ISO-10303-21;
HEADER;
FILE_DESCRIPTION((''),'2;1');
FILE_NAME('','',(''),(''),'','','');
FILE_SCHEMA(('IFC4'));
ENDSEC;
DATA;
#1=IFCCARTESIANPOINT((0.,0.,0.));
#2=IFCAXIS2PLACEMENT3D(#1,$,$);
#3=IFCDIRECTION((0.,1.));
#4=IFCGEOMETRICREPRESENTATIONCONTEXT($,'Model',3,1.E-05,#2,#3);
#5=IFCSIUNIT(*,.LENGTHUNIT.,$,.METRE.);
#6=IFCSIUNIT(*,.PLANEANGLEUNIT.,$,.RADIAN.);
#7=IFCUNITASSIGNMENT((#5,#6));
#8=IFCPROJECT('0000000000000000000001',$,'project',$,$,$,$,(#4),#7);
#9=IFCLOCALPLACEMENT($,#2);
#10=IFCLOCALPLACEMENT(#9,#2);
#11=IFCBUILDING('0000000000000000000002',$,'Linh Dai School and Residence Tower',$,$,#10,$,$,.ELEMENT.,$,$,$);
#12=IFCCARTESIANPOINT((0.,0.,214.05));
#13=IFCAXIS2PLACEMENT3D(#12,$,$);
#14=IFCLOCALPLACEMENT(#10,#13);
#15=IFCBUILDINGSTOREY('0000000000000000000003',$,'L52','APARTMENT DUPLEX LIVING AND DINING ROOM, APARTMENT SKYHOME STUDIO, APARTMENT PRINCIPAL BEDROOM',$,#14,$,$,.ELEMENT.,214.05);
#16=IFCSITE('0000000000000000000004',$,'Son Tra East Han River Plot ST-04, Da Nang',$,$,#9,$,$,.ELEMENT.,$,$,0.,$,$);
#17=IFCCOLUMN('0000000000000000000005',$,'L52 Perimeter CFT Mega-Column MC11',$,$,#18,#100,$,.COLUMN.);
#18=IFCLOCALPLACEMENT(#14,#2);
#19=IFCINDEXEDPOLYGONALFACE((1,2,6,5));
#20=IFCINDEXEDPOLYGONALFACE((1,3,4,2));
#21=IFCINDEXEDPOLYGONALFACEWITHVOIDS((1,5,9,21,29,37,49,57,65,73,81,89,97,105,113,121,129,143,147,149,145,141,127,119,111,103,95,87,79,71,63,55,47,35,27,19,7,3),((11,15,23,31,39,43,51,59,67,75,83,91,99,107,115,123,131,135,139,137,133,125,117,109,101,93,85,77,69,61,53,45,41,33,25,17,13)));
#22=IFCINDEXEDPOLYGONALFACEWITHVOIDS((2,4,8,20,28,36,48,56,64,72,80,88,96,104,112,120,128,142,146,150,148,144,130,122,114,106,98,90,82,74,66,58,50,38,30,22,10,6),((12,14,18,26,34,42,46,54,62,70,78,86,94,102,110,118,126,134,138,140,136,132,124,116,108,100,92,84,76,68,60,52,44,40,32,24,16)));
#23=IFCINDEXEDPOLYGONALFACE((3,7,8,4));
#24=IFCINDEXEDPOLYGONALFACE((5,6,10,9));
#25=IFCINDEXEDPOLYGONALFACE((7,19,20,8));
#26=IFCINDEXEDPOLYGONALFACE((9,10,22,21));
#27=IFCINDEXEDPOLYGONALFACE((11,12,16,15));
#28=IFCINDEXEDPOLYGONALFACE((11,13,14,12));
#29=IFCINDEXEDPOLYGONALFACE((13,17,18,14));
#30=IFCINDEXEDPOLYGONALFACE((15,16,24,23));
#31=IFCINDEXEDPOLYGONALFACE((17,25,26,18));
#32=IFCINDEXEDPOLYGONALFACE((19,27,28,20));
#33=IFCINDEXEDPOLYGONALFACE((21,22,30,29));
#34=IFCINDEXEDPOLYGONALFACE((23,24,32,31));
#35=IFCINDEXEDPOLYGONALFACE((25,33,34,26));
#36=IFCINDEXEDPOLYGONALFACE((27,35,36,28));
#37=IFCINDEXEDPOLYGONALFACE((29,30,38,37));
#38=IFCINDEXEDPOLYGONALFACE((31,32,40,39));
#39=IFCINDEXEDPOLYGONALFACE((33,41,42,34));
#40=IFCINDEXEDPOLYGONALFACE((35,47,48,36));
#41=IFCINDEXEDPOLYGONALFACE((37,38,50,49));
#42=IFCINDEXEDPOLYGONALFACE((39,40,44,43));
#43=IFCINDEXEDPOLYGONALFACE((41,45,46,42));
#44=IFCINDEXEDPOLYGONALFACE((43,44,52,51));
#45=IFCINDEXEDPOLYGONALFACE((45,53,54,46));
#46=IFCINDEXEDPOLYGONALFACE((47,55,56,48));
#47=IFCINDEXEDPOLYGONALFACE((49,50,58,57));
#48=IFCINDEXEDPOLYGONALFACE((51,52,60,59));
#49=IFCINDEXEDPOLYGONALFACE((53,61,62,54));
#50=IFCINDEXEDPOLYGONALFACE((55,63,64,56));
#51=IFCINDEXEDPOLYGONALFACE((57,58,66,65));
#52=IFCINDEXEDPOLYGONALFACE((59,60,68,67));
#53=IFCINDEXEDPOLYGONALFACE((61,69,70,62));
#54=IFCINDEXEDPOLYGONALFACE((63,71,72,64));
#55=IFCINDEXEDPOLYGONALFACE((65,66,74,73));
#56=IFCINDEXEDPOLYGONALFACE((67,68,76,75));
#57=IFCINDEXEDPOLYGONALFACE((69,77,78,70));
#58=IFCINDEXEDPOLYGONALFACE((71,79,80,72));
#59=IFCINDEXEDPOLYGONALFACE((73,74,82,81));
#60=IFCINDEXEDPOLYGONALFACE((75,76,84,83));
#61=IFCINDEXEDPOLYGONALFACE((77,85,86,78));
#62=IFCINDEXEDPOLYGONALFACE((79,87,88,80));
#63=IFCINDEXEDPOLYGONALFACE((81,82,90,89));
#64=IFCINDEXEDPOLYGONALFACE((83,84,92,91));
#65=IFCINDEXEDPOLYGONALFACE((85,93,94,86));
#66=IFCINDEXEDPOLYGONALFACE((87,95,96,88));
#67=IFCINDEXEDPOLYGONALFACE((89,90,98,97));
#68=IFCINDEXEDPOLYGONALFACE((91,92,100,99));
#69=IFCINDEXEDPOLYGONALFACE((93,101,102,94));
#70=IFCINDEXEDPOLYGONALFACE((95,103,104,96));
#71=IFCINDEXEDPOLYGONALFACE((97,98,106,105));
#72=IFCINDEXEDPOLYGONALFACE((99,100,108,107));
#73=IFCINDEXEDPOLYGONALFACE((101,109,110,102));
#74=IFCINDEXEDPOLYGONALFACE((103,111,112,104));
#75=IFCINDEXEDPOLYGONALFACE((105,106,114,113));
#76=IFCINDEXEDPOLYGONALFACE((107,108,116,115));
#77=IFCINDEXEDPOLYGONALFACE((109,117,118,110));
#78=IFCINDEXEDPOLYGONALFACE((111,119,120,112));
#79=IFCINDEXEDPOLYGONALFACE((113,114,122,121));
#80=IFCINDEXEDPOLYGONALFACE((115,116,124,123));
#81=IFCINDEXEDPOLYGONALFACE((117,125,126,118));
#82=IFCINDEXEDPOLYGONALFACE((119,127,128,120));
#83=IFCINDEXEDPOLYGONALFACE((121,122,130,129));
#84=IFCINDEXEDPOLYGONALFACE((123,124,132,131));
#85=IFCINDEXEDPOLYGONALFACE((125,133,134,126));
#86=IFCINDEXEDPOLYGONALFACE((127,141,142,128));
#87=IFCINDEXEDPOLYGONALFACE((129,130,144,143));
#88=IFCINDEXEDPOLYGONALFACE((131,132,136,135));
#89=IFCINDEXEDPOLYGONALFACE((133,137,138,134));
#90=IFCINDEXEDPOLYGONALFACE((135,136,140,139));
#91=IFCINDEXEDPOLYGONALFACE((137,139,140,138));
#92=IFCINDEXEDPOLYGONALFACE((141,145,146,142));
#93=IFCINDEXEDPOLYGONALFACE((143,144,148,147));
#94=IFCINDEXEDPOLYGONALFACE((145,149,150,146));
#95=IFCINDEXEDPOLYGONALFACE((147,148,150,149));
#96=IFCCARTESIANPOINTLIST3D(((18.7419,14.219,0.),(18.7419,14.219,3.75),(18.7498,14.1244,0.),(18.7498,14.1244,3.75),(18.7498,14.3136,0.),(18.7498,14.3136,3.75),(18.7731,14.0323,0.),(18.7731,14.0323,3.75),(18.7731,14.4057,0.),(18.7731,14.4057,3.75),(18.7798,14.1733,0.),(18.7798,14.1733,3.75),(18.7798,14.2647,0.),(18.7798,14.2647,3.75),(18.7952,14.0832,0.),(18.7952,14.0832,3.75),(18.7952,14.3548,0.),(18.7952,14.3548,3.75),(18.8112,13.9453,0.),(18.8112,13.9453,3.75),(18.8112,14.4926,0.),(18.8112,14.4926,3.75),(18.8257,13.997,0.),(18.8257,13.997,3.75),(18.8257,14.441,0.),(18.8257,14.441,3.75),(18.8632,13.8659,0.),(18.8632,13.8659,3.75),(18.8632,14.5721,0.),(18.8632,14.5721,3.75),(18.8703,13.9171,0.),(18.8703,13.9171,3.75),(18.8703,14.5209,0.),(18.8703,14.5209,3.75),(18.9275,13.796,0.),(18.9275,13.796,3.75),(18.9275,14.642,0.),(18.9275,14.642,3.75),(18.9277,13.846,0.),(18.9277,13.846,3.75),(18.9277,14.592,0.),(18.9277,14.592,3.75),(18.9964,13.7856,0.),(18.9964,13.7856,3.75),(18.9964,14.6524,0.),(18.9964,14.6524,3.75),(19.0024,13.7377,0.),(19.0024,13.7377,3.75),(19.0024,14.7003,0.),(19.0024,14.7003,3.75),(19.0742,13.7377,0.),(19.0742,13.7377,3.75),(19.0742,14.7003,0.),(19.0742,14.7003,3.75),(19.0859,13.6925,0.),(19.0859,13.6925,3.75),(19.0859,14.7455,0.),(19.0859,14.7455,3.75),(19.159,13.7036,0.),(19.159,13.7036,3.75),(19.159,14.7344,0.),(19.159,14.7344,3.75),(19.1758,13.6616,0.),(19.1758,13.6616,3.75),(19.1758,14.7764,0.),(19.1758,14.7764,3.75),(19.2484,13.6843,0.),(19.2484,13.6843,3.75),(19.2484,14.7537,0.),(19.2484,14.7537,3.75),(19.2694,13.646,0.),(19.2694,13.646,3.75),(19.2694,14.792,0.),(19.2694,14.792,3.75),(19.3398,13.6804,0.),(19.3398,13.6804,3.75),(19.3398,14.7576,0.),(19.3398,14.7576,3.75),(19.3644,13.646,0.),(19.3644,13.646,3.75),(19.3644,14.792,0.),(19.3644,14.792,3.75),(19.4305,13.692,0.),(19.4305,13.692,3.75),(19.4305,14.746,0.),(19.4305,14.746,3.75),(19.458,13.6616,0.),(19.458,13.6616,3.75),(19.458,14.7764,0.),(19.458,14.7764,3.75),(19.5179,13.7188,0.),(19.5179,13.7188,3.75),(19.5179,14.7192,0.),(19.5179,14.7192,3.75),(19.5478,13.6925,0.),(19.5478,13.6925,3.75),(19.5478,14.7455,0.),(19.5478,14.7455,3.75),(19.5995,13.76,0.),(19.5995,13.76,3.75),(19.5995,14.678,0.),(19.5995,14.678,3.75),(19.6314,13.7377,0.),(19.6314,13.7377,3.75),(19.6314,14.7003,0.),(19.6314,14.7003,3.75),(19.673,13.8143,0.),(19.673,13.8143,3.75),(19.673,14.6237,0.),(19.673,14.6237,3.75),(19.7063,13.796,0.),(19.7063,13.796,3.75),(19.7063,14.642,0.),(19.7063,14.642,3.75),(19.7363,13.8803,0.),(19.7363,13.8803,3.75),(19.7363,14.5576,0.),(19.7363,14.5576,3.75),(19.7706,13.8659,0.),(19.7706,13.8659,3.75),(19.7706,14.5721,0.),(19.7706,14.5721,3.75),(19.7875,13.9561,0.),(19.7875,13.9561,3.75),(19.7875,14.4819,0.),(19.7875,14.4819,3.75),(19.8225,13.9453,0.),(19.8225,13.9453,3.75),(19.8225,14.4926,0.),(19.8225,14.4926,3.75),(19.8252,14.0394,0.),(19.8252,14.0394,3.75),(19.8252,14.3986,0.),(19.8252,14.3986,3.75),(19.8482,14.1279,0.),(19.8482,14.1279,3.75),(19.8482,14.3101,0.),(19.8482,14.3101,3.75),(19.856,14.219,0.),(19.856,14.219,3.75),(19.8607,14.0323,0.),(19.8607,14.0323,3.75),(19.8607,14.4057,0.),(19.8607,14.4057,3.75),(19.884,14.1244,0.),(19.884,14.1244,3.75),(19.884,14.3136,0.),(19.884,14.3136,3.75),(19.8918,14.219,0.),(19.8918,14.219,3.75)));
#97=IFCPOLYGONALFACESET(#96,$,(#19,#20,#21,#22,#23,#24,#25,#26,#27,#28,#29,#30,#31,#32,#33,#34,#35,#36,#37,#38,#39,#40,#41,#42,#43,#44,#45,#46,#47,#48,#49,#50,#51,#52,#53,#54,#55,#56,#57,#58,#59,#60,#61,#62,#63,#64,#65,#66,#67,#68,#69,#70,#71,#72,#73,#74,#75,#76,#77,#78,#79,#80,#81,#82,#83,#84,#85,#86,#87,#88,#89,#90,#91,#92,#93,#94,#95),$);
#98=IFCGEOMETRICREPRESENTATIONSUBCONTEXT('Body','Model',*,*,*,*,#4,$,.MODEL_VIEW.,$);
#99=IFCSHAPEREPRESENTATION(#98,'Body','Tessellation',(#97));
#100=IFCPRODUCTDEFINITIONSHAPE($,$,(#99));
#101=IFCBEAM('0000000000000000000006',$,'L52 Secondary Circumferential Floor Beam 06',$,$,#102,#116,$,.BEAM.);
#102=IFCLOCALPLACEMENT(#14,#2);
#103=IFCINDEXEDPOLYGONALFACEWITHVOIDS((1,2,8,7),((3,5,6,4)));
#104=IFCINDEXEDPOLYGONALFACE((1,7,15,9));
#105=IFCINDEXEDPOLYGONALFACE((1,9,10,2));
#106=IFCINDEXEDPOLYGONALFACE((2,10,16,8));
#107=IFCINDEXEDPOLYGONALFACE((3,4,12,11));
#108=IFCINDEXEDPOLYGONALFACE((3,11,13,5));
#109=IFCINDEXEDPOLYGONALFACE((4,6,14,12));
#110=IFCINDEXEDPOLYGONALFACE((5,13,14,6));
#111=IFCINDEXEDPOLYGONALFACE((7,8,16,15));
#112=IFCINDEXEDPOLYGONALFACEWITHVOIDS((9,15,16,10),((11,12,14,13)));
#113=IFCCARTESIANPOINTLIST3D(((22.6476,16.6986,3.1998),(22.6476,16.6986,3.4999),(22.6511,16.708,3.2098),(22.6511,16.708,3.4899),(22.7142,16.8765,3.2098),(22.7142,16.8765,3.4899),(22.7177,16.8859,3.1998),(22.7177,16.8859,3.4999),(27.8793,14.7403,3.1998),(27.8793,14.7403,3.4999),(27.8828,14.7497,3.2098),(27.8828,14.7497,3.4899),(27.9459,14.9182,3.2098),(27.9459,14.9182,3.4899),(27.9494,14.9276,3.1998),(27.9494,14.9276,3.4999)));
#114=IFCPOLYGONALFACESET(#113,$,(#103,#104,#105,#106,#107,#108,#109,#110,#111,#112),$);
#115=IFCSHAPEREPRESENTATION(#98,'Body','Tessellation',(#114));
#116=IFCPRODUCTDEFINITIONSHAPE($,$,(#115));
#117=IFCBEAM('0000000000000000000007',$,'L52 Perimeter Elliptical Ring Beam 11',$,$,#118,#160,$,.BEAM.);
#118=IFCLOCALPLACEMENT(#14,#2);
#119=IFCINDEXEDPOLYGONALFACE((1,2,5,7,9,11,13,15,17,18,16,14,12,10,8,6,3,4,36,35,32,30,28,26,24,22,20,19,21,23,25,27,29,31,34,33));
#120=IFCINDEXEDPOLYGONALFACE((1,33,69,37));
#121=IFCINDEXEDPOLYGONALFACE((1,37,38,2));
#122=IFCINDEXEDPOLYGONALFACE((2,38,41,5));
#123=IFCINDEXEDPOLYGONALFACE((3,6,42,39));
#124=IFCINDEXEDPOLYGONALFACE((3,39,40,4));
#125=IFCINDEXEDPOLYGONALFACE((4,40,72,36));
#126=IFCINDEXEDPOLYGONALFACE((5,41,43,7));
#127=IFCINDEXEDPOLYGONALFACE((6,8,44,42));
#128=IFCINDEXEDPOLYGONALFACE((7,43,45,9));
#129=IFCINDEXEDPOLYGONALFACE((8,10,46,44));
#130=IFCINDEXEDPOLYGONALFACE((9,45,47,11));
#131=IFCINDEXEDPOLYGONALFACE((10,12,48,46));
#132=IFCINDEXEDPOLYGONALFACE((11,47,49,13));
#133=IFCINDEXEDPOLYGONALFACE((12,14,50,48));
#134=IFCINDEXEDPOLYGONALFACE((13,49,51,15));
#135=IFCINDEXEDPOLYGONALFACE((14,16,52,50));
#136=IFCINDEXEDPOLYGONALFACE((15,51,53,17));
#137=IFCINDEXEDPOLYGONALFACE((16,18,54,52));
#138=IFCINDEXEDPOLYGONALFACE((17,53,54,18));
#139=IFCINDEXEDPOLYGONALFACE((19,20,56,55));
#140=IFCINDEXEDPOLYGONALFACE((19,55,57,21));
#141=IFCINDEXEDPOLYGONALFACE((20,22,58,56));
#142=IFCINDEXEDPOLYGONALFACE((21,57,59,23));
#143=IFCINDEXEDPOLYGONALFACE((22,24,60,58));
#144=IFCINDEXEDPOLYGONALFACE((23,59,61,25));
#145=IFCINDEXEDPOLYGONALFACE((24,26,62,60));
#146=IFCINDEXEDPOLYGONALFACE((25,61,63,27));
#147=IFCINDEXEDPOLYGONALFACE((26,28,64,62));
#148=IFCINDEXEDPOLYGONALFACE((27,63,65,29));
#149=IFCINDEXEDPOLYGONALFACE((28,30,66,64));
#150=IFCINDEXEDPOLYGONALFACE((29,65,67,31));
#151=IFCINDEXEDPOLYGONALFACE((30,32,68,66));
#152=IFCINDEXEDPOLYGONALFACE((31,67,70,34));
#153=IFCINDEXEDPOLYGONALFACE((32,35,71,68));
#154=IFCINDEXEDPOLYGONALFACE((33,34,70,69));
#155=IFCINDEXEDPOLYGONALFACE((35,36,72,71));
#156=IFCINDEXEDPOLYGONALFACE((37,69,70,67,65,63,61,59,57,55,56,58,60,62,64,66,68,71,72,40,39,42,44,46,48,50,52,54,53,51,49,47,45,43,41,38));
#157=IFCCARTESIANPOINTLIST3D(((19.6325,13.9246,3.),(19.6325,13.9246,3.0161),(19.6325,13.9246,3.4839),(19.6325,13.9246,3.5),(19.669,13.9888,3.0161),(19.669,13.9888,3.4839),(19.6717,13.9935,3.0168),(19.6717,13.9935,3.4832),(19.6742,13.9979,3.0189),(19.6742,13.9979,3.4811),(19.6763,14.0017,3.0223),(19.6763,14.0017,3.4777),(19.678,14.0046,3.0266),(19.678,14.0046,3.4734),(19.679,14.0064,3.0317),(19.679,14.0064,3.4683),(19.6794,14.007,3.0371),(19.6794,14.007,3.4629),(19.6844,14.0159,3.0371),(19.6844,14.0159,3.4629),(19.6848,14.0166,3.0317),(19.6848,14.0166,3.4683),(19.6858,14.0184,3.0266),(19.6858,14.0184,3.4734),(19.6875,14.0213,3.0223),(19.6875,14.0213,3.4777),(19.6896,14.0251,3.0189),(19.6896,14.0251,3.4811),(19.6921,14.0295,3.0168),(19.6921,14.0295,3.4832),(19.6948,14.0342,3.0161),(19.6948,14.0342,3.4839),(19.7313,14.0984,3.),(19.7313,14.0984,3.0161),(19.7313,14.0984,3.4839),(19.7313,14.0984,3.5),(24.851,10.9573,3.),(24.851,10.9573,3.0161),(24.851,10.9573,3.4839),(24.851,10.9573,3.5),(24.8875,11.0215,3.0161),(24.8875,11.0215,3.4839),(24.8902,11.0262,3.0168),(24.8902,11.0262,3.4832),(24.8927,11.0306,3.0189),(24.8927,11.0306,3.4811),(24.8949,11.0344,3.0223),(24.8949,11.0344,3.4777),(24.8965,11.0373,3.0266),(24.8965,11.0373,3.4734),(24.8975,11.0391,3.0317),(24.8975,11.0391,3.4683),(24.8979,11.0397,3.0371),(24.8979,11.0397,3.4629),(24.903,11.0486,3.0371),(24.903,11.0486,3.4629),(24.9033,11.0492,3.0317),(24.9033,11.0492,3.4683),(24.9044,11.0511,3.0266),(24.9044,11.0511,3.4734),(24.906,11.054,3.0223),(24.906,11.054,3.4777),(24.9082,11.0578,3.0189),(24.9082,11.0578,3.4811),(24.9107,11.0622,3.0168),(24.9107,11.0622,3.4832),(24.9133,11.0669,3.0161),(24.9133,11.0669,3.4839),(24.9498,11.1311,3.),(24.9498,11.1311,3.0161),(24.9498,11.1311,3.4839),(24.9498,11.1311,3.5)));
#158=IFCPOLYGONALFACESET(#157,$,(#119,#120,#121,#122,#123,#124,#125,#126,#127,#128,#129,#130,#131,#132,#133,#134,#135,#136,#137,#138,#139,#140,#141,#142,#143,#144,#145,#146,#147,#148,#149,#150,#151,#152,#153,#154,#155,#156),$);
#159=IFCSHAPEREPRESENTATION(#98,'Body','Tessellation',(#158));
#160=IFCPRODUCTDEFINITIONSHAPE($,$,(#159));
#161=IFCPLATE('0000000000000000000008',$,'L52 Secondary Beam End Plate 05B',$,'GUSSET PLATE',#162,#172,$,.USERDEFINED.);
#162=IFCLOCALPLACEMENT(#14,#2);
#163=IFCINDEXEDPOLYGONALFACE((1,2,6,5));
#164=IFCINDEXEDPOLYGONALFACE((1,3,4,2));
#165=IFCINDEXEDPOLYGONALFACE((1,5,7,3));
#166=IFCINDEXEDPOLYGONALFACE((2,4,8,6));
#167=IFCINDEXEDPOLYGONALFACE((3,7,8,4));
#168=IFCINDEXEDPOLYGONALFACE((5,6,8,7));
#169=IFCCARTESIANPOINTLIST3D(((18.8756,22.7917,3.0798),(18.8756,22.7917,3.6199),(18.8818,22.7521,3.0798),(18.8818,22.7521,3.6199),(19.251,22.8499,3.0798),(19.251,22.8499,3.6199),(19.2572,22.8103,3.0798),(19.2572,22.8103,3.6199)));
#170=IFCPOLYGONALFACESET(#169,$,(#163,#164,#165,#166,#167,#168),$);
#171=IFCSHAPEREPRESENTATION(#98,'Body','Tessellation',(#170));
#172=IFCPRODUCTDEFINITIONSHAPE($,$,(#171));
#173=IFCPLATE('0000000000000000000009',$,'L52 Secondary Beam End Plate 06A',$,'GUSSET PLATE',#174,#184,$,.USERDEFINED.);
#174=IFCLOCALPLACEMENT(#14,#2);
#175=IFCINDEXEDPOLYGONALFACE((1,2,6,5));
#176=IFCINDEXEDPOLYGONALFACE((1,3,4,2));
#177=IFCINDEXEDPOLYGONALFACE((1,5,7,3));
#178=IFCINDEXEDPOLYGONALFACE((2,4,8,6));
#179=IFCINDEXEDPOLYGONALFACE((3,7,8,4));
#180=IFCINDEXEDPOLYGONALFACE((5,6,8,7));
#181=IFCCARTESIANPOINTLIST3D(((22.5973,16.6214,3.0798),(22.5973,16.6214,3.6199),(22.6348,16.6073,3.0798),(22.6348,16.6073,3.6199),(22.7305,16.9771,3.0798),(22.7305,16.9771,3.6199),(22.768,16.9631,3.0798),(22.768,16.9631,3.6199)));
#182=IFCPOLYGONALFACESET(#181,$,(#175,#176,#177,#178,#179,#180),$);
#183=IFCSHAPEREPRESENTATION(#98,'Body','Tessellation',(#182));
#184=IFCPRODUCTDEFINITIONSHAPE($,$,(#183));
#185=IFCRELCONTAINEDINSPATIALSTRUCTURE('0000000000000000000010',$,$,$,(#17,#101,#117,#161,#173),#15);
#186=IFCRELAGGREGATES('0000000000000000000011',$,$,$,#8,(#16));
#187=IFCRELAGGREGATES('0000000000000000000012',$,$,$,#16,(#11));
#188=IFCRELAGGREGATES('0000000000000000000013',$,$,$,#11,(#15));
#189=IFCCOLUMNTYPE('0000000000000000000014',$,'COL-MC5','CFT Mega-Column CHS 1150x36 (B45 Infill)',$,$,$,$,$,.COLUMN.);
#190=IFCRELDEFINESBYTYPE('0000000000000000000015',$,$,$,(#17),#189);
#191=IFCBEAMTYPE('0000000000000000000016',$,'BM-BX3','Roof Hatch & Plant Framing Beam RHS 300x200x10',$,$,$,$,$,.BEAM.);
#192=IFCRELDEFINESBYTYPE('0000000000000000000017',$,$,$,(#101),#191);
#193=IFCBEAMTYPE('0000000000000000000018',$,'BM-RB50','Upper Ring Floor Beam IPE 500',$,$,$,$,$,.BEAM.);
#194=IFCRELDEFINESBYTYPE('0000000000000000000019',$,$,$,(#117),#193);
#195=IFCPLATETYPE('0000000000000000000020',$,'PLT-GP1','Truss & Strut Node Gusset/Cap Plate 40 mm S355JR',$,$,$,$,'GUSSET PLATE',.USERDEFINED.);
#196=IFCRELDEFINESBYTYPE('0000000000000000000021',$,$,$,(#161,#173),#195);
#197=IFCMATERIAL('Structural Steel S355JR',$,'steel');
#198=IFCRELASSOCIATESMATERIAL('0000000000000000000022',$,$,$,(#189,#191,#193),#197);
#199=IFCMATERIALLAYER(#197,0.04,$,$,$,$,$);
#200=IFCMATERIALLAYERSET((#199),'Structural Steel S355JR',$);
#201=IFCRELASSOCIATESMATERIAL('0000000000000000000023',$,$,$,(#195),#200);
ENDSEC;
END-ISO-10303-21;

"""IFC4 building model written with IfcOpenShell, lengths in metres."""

from ifc_helpers import new_model, si_unit, direction, frame, origin, origin_2d, place, context, subcontext, project, spatial, rectangle, hollow_rectangle, hollow_circle, i_section, extrude, source, transform, mapped, material, layer, layer_set, material_profile, profile_set, type_object, element, save


model = new_model("IFC4")

# Units and contexts
model_context = context("Model", 3, precision=1e-05, world=origin(), true_north=direction((0.0, 1.0)))
body_context = subcontext(model_context, "Body", "Model", "MODEL_VIEW")
ifc_project = project(units=[si_unit("LENGTHUNIT", "METRE"), si_unit("PLANEANGLEUNIT", "RADIAN")], contexts=[model_context])

# Site, building, storey
site_placement = place(None, origin())
site = spatial("IfcSite", under=ifc_project, at=site_placement, Name="Son Tra East Han River Plot ST-04, Da Nang", CompositionType="ELEMENT", RefElevation=0.0)
building_placement = place(site_placement, origin())
building = spatial("IfcBuilding", under=site, at=building_placement, Name="Linh Dai School and Residence Tower", CompositionType="ELEMENT")
storey_placement = place(building_placement, frame((0.0, 0.0, 214.05)))
storey = spatial("IfcBuildingStorey", under=building, at=storey_placement, Name="L52", Description="APARTMENT DUPLEX LIVING AND DINING ROOM, APARTMENT SKYHOME STUDIO, APARTMENT PRINCIPAL BEDROOM", CompositionType="ELEMENT", Elevation=214.05)

# Column
ifc_material_1 = material(Name="Structural Steel S355JR", Category="steel")
ifc_material_profile_1 = material_profile(ifc_material_1, hollow_circle(Radius=0.575, WallThickness=0.0359, at=origin_2d()), Name="CHS 1150x36")
ifc_profile_set_1 = profile_set([ifc_material_profile_1], Name="Structural Steel S355JR")
column_type = type_object("IfcColumnType", Name="COL-MC5", Description="CFT Mega-Column CHS 1150x36 (B45 Infill)", PredefinedType="COLUMN", material=ifc_profile_set_1)
column_placement = place(storey_placement, frame((19.3169, 14.219, 0.0), z_axis=(0.0, 0.0, 1.0), x_axis=(1.0, 0.0, 0.0)))
element("IfcColumn", 1, at=column_placement, inside=storey, type_object=column_type, Name="L52 Perimeter CFT Mega-Column MC11", PredefinedType="COLUMN", context=body_context, shape_type="SweptSolid", body=[
    extrude(hollow_circle(Radius=0.575, WallThickness=0.0359, at=origin_2d()), origin(), (0.0, 0.0, 1.0), 3.75),
])

# Beams
ifc_material_profile_2 = material_profile(ifc_material_1, hollow_rectangle(XDim=0.2, YDim=0.3, WallThickness=0.01, at=origin_2d()), Name="RHS 300x200x10")
ifc_profile_set_2 = profile_set([ifc_material_profile_2], Name="Structural Steel S355JR")
beam_type_1 = type_object("IfcBeamType", Name="BM-BX3", Description="Roof Hatch & Plant Framing Beam RHS 300x200x10", PredefinedType="BEAM", material=ifc_profile_set_2)
beam_1_placement = place(storey_placement, frame((22.6826, 16.7922, 3.3499), z_axis=(0.936543, -0.350553, 0.0), x_axis=(0.350553, 0.936543, 0.0)))
element("IfcBeam", 2, at=beam_1_placement, inside=storey, type_object=beam_type_1, Name="L52 Secondary Circumferential Floor Beam 06", PredefinedType="BEAM", context=body_context, shape_type="SweptSolid", body=[
    extrude(hollow_rectangle(XDim=0.2, YDim=0.3, WallThickness=0.01, at=origin_2d()), origin(), (0.0, 0.0, 1.0), 5.5862),
])
ifc_material_profile_3 = material_profile(ifc_material_1, i_section(OverallWidth=0.2, OverallDepth=0.5, WebThickness=0.0103, FlangeThickness=0.0161, FilletRadius=0.021, at=origin_2d()), Name="IPE 500")
ifc_profile_set_3 = profile_set([ifc_material_profile_3], Name="Structural Steel S355JR")
beam_type_2 = type_object("IfcBeamType", Name="BM-RB50", Description="Upper Ring Floor Beam IPE 500", PredefinedType="BEAM", material=ifc_profile_set_3)
beam_2_placement = place(storey_placement, frame((19.6819, 14.0115, 3.25), z_axis=(0.869297, -0.49429, 0.0), x_axis=(0.49429, 0.869297, 0.0)))
element("IfcBeam", 3, at=beam_2_placement, inside=storey, type_object=beam_type_2, Name="L52 Perimeter Elliptical Ring Beam 11", PredefinedType="BEAM", context=body_context, shape_type="SweptSolid", body=[
    extrude(i_section(OverallWidth=0.2, OverallDepth=0.5, WebThickness=0.0103, FlangeThickness=0.0161, FilletRadius=0.021, at=origin_2d()), origin(), (0.0, 0.0, 1.0), 6.0032),
])

# Plates
ifc_layer_1 = layer(ifc_material_1, 0.04)
ifc_layer_set_1 = layer_set([ifc_layer_1], Name="Structural Steel S355JR")
plate_type_1 = type_object("IfcPlateType", Name="PLT-GP1", Description="Truss & Strut Node Gusset/Cap Plate 40 mm S355JR", ElementType="GUSSET PLATE", PredefinedType="USERDEFINED", material=ifc_layer_set_1)
shared_shape_1 = source(origin(), body_context, "Body", "SweptSolid", [
    extrude(rectangle(XDim=0.04, YDim=0.3799, at=origin_2d()), origin(), (0.0, 0.0, 1.0), 0.54),
])
for number, where, z_axis, x_axis, name in (
    (4, (19.0664, 22.801, 3.0798), (0.0, 0.0, 1.0), (0.153186, -0.988197, 0.0), "L52 Secondary Beam End Plate 05B"),
    (5, (22.6826, 16.7922, 3.0798), (0.0, 0.0, 1.0), (0.936534, -0.350577, 0.0), "L52 Secondary Beam End Plate 06A"),
):
    element("IfcPlate", number, at=place(storey_placement, frame(where, z_axis=z_axis, x_axis=x_axis)), inside=storey, type_object=plate_type_1, Name=name, ObjectType="GUSSET PLATE", PredefinedType="USERDEFINED", context=body_context, shape_type="MappedRepresentation", body=[
        mapped(shared_shape_1, transform((0.0, 0.0, 0.0), x_axis=(1.0, 0.0, 0.0), y_axis=(0.0, 1.0, 0.0), z_axis=(0.0, 0.0, 1.0), scale=1.0)),
    ])

save(model, "model.ifc")
